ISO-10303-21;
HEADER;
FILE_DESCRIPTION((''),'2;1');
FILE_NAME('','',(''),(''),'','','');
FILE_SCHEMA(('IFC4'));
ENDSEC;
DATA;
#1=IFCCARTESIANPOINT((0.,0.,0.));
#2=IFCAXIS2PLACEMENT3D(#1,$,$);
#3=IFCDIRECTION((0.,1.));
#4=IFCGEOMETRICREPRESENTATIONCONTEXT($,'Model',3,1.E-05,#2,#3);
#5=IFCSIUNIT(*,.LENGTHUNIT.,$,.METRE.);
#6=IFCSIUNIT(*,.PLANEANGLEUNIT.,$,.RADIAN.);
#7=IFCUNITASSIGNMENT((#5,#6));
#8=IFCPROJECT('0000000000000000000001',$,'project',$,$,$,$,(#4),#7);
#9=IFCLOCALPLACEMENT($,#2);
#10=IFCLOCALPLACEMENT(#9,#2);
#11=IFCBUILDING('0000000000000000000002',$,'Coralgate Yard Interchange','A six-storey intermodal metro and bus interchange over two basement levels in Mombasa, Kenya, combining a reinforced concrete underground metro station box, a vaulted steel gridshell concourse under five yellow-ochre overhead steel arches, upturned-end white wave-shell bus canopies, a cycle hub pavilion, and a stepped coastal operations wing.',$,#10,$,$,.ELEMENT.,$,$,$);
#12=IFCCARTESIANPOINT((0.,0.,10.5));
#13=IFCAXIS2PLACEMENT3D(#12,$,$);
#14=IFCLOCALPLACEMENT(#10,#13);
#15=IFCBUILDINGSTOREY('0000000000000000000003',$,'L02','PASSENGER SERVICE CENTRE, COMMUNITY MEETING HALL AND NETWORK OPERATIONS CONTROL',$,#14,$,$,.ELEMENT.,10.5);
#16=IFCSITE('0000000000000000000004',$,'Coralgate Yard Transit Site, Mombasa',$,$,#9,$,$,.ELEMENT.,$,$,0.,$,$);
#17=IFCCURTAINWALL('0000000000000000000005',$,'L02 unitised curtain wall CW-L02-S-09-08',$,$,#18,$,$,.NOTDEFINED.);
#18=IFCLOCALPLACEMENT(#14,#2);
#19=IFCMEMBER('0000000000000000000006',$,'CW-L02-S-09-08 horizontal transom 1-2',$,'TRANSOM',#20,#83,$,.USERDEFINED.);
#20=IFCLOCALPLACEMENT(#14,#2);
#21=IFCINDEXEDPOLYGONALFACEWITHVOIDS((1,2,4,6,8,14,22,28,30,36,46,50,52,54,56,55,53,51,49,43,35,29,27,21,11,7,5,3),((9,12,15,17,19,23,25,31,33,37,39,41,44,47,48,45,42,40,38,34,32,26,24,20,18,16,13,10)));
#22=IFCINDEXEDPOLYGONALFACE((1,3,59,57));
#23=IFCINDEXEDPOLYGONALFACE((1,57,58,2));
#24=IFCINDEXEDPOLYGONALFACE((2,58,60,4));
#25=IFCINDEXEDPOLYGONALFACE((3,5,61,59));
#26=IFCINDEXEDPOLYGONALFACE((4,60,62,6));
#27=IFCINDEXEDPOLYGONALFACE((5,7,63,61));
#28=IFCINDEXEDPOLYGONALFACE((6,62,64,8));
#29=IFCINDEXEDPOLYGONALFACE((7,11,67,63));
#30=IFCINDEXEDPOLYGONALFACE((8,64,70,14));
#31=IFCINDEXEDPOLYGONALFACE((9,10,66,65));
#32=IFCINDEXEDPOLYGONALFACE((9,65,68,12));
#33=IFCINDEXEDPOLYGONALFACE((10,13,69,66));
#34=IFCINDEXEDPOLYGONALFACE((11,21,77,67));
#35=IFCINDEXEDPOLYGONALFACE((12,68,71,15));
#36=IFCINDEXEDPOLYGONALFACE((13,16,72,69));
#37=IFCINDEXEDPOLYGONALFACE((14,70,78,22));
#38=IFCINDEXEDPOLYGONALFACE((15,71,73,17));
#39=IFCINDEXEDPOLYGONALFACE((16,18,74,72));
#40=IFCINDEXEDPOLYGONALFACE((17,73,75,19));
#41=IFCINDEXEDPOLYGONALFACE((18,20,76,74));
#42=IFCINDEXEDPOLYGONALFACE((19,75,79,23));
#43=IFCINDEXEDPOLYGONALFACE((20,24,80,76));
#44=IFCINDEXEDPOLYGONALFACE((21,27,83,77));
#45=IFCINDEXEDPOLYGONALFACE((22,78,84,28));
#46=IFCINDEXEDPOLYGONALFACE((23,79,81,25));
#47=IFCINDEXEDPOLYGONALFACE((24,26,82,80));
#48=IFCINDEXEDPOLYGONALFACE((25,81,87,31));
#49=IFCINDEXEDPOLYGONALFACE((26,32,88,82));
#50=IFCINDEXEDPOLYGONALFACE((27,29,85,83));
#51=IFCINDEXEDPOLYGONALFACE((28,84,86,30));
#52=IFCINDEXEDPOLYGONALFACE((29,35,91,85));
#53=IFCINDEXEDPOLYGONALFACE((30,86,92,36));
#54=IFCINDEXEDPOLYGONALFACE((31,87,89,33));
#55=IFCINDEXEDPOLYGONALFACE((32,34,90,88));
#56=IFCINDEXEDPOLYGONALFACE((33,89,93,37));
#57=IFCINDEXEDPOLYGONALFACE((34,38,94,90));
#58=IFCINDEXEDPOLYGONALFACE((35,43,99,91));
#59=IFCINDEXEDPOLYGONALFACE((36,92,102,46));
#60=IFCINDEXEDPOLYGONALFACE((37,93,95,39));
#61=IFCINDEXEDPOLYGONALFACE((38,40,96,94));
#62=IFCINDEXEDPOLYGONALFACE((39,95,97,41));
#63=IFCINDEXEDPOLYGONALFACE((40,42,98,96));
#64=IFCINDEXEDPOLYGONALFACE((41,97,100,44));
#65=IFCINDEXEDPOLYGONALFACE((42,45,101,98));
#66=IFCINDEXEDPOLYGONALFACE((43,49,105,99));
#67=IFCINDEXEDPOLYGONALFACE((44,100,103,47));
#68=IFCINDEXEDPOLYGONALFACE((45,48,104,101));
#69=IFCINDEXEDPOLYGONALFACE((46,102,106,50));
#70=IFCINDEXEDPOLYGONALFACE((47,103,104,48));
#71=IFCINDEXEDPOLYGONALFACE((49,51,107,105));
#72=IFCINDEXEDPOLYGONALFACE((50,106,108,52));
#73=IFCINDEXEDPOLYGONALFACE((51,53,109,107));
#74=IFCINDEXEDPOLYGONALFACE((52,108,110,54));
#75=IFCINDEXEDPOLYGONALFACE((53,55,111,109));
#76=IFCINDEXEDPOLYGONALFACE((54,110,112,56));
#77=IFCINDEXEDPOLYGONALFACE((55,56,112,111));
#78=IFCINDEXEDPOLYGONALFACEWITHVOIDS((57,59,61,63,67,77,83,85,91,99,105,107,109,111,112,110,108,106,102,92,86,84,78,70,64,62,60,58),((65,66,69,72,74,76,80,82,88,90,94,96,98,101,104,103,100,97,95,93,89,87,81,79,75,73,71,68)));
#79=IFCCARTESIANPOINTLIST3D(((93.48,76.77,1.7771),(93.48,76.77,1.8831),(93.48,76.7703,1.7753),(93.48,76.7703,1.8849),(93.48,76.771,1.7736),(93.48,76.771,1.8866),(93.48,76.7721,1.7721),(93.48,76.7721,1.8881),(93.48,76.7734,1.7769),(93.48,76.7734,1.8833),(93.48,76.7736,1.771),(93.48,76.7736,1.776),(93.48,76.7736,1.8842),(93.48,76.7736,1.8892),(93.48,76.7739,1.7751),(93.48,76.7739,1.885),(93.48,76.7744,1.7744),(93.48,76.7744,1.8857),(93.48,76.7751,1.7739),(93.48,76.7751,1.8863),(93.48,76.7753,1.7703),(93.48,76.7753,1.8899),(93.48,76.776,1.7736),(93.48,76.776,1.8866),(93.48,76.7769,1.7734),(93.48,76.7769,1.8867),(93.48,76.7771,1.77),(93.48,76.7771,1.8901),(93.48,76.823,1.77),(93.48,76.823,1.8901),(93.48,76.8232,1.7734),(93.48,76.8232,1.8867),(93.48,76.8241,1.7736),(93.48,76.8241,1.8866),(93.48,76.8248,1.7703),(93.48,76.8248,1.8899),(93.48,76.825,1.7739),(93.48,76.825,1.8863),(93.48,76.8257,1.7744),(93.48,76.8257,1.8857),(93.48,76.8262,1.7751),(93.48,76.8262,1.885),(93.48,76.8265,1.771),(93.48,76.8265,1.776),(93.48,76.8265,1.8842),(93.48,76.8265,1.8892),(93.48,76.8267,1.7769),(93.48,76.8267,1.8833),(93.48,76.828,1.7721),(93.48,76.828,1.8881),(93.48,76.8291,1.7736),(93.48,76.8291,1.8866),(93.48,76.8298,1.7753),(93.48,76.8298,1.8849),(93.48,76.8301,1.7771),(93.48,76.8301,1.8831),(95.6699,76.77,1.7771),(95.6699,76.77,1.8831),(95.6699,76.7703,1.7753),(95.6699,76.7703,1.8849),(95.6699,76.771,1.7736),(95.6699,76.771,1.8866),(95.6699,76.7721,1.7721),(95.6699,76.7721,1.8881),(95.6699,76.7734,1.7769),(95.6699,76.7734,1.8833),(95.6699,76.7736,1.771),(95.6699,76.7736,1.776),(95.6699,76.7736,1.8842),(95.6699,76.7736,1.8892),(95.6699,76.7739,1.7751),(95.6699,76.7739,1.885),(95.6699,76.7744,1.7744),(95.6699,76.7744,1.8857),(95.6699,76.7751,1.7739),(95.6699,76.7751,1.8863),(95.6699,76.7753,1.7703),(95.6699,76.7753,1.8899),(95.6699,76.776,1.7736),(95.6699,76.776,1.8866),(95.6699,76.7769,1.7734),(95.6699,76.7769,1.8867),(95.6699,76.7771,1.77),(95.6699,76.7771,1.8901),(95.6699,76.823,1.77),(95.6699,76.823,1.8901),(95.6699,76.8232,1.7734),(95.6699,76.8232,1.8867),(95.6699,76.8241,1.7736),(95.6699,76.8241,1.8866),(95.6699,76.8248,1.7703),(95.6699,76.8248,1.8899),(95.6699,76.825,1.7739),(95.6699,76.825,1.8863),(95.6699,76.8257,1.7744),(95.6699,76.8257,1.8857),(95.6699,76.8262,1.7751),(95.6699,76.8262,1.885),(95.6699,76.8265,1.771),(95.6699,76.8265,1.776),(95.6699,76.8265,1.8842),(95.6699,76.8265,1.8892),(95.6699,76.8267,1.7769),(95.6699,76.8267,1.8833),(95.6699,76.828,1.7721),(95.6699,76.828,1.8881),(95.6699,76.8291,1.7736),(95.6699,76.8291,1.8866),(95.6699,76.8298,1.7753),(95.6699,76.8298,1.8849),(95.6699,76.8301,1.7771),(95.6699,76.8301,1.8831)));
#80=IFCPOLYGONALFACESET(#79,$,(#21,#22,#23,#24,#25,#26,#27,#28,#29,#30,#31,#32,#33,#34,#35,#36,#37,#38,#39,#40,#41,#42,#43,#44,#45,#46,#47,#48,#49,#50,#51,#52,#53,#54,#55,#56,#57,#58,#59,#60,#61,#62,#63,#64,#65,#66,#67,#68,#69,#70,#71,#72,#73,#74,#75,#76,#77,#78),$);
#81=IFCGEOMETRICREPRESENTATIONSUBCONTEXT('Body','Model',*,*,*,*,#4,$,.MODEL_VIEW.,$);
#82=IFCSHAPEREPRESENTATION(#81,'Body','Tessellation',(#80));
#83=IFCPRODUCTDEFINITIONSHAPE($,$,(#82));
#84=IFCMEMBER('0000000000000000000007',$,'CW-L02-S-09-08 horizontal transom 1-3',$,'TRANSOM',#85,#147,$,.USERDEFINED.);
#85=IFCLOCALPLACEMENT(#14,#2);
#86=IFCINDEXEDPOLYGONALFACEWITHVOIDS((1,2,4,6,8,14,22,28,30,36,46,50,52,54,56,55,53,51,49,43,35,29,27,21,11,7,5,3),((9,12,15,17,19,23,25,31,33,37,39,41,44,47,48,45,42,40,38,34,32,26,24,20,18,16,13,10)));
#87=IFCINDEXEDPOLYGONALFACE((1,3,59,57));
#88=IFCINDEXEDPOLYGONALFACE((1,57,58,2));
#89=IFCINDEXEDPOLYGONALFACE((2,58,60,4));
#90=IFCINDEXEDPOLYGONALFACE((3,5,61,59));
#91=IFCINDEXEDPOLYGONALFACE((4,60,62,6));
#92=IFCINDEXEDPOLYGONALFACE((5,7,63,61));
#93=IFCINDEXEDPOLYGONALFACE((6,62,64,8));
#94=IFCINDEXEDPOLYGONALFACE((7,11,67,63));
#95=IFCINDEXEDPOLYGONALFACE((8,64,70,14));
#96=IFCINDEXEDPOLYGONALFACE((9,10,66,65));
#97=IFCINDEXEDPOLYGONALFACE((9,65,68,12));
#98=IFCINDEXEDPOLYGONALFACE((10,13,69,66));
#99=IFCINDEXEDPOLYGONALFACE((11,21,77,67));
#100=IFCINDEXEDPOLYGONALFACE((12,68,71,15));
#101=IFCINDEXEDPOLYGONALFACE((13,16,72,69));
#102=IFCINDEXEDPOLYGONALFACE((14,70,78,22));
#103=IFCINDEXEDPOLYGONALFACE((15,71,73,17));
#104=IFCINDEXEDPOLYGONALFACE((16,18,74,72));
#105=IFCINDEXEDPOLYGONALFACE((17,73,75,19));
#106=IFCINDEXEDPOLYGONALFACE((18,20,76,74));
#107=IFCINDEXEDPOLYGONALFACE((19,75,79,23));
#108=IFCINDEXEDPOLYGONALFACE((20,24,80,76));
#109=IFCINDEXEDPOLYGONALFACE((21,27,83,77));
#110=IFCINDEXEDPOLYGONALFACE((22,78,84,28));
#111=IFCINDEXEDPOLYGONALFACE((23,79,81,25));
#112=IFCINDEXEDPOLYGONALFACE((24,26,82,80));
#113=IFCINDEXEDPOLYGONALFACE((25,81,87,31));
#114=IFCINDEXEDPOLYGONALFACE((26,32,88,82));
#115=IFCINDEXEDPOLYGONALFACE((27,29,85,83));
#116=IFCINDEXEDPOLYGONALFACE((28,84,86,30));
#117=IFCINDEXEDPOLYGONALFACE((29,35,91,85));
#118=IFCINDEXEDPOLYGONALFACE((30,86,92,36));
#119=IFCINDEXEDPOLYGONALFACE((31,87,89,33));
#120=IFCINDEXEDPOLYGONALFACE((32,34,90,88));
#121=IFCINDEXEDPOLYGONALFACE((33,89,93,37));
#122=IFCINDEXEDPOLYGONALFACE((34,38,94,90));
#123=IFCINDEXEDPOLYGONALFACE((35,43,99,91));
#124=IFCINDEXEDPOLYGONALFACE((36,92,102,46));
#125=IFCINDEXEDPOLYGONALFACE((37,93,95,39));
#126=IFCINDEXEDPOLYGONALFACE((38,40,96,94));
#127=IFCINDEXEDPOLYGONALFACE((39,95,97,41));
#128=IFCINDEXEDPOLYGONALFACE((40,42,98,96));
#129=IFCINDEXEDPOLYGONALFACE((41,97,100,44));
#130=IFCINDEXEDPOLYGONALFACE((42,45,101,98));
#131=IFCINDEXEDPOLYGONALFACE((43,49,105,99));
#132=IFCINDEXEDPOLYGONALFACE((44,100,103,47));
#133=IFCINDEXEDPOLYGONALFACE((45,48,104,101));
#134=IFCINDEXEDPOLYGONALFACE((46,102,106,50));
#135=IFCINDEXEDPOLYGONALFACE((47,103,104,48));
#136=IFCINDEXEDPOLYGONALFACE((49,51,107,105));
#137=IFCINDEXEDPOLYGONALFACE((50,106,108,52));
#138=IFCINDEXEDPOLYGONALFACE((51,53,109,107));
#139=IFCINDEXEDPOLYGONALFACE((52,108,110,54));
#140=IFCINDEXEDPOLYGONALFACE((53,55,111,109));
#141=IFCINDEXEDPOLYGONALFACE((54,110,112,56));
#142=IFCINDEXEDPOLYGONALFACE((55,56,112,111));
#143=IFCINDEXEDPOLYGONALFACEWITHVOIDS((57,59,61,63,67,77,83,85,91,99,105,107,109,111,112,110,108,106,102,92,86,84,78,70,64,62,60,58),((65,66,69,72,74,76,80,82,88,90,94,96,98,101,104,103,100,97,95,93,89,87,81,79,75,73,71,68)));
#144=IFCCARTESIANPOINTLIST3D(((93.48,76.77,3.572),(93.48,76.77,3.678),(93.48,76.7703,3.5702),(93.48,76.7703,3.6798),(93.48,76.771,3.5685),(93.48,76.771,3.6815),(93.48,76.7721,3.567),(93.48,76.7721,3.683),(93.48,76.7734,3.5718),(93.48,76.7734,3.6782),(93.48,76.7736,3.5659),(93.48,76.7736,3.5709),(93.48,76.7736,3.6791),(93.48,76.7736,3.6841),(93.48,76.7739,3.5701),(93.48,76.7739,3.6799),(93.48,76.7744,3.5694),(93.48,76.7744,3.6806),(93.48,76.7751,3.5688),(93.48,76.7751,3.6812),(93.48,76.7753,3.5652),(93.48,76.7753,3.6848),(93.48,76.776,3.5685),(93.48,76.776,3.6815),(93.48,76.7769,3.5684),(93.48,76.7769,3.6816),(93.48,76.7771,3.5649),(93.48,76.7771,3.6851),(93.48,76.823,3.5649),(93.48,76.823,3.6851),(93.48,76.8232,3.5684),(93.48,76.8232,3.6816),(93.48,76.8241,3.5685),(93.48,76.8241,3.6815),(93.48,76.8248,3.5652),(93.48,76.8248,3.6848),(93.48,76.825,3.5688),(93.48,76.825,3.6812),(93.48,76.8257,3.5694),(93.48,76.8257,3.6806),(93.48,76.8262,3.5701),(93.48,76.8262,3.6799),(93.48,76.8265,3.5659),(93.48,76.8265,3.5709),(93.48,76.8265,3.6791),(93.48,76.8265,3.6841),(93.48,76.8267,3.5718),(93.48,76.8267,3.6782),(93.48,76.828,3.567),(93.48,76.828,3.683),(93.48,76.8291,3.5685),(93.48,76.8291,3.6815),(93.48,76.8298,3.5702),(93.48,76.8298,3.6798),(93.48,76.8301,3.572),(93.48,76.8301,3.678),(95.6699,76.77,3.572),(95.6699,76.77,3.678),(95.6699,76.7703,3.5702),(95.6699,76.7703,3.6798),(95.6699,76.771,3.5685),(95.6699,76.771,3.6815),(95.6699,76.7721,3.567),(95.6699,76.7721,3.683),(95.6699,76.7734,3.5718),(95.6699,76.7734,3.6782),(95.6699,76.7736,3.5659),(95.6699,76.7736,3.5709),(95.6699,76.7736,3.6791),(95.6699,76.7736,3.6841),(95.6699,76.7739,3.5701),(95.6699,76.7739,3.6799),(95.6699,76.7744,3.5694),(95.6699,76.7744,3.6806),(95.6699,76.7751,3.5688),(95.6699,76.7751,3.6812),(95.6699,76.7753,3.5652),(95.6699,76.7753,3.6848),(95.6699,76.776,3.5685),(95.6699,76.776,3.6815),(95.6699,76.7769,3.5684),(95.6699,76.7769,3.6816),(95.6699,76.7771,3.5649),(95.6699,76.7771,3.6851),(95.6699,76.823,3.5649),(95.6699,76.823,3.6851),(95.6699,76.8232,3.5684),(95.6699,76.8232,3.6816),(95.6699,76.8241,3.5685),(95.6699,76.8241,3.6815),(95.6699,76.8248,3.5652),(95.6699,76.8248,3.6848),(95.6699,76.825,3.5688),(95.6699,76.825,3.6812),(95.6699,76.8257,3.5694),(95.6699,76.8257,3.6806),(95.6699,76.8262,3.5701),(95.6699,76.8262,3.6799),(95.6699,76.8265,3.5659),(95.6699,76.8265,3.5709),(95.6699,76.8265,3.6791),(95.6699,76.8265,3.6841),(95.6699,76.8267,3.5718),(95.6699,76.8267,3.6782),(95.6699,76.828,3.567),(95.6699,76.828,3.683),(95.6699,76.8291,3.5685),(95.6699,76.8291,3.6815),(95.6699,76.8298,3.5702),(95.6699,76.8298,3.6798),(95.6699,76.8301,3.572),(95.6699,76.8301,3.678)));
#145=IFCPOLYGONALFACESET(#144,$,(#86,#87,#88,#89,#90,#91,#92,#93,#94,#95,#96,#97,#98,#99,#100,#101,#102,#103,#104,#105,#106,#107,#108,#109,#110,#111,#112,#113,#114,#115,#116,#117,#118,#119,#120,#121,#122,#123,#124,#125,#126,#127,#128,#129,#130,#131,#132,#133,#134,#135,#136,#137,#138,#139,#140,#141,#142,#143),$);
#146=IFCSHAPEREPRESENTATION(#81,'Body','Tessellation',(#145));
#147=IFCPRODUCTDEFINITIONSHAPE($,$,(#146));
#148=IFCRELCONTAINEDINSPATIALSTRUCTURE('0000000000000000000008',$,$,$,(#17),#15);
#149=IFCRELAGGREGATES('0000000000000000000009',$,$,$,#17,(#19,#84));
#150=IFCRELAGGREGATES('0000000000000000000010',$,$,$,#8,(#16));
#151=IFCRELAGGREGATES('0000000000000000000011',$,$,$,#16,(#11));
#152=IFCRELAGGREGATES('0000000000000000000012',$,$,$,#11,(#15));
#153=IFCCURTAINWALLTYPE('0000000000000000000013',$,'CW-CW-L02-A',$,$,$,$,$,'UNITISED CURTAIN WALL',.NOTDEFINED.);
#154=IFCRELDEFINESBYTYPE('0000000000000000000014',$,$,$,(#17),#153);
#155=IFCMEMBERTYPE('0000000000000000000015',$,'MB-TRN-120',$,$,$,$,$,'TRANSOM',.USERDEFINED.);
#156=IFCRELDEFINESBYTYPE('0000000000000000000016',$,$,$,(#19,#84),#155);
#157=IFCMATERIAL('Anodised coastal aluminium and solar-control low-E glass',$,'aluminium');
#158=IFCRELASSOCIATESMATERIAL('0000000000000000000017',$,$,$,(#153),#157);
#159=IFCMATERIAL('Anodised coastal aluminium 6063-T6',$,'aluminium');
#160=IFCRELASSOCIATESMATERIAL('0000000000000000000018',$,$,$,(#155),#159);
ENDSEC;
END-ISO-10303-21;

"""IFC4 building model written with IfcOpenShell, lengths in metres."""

from ifc_helpers import new_model, si_unit, direction, frame, origin, origin_2d, place, context, subcontext, project, spatial, hollow_rectangle, extrude, material, material_profile, profile_set, type_object, element, aggregate, save


model = new_model("IFC4")

# Units and contexts
model_context = context("Model", 3, precision=1e-05, world=origin(), true_north=direction((0.0, 1.0)))
body_context = subcontext(model_context, "Body", "Model", "MODEL_VIEW")
ifc_project = project(units=[si_unit("LENGTHUNIT", "METRE"), si_unit("PLANEANGLEUNIT", "RADIAN")], contexts=[model_context])

# Site, building, storey
site_placement = place(None, origin())
site = spatial("IfcSite", under=ifc_project, at=site_placement, Name="Coralgate Yard Transit Site, Mombasa", CompositionType="ELEMENT", RefElevation=0.0)
building_placement = place(site_placement, origin())
building = spatial("IfcBuilding", under=site, at=building_placement, Name="Coralgate Yard Interchange", Description="A six-storey intermodal metro and bus interchange over two basement levels in Mombasa, Kenya, combining a reinforced concrete underground metro station box, a vaulted steel gridshell concourse under five yellow-ochre overhead steel arches, upturned-end white wave-shell bus canopies, a cycle hub pavilion, and a stepped coastal operations wing.", CompositionType="ELEMENT")
storey_placement = place(building_placement, frame((0.0, 0.0, 10.5)))
storey = spatial("IfcBuildingStorey", under=building, at=storey_placement, Name="L02", Description="PASSENGER SERVICE CENTRE, COMMUNITY MEETING HALL AND NETWORK OPERATIONS CONTROL", CompositionType="ELEMENT", Elevation=10.5)

# Curtain wall
ifc_material_1 = material(Name="Anodised coastal aluminium and solar-control low-E glass", Category="aluminium")
curtain_wall_type = type_object("IfcCurtainWallType", Name="CW-CW-L02-A", ElementType="UNITISED CURTAIN WALL", PredefinedType="NOTDEFINED", material=ifc_material_1)
curtain_wall_1_placement = place(storey_placement, origin())
curtain_wall_1 = element("IfcCurtainWall", 1, at=curtain_wall_1_placement, inside=storey, type_object=curtain_wall_type, Name="L02 unitised curtain wall CW-L02-S-09-08", PredefinedType="NOTDEFINED")
ifc_material_2 = material(Name="Anodised coastal aluminium 6063-T6", Category="aluminium")

# Members
ifc_material_profile_1 = material_profile(ifc_material_2, hollow_rectangle(XDim=0.0601, YDim=0.1201, WallThickness=0.0034, InnerFilletRadius=0.0034, OuterFilletRadius=0.0071, at=origin_2d()), Name="ALU 60x120x3.5")
ifc_profile_set_1 = profile_set([ifc_material_profile_1], Name="Anodised coastal aluminium 6063-T6")
member_type_1 = type_object("IfcMemberType", Name="MB-TRN-120", ElementType="TRANSOM", PredefinedType="USERDEFINED", material=ifc_profile_set_1)
member_1_placement = place(storey_placement, frame((95.6699, 76.8, 1.8301), z_axis=(-1.0, 0.0, 0.0), x_axis=(0.0, -1.0, 0.0)))
member_1 = element("IfcMember", 2, at=member_1_placement, type_object=member_type_1, Name="CW-L02-S-09-08 horizontal transom 1-2", ObjectType="TRANSOM", PredefinedType="USERDEFINED", context=body_context, shape_type="SweptSolid", body=[
    extrude(hollow_rectangle(XDim=0.0601, YDim=0.1201, WallThickness=0.0034, InnerFilletRadius=0.0034, OuterFilletRadius=0.0071, at=origin_2d()), origin(), (0.0, 0.0, 1.0), 2.1899),
])
member_2_placement = place(storey_placement, frame((95.6699, 76.8, 3.625), z_axis=(-1.0, 0.0, 0.0), x_axis=(0.0, -1.0, 0.0)))
member_2 = element("IfcMember", 3, at=member_2_placement, type_object=member_type_1, Name="CW-L02-S-09-08 horizontal transom 1-3", ObjectType="TRANSOM", PredefinedType="USERDEFINED", context=body_context, shape_type="SweptSolid", body=[
    extrude(hollow_rectangle(XDim=0.0601, YDim=0.1201, WallThickness=0.0034, InnerFilletRadius=0.0034, OuterFilletRadius=0.0071, at=origin_2d()), origin(), (0.0, 0.0, 1.0), 2.1899),
])
aggregate(curtain_wall_1, [member_1, member_2])

save(model, "model.ifc")
